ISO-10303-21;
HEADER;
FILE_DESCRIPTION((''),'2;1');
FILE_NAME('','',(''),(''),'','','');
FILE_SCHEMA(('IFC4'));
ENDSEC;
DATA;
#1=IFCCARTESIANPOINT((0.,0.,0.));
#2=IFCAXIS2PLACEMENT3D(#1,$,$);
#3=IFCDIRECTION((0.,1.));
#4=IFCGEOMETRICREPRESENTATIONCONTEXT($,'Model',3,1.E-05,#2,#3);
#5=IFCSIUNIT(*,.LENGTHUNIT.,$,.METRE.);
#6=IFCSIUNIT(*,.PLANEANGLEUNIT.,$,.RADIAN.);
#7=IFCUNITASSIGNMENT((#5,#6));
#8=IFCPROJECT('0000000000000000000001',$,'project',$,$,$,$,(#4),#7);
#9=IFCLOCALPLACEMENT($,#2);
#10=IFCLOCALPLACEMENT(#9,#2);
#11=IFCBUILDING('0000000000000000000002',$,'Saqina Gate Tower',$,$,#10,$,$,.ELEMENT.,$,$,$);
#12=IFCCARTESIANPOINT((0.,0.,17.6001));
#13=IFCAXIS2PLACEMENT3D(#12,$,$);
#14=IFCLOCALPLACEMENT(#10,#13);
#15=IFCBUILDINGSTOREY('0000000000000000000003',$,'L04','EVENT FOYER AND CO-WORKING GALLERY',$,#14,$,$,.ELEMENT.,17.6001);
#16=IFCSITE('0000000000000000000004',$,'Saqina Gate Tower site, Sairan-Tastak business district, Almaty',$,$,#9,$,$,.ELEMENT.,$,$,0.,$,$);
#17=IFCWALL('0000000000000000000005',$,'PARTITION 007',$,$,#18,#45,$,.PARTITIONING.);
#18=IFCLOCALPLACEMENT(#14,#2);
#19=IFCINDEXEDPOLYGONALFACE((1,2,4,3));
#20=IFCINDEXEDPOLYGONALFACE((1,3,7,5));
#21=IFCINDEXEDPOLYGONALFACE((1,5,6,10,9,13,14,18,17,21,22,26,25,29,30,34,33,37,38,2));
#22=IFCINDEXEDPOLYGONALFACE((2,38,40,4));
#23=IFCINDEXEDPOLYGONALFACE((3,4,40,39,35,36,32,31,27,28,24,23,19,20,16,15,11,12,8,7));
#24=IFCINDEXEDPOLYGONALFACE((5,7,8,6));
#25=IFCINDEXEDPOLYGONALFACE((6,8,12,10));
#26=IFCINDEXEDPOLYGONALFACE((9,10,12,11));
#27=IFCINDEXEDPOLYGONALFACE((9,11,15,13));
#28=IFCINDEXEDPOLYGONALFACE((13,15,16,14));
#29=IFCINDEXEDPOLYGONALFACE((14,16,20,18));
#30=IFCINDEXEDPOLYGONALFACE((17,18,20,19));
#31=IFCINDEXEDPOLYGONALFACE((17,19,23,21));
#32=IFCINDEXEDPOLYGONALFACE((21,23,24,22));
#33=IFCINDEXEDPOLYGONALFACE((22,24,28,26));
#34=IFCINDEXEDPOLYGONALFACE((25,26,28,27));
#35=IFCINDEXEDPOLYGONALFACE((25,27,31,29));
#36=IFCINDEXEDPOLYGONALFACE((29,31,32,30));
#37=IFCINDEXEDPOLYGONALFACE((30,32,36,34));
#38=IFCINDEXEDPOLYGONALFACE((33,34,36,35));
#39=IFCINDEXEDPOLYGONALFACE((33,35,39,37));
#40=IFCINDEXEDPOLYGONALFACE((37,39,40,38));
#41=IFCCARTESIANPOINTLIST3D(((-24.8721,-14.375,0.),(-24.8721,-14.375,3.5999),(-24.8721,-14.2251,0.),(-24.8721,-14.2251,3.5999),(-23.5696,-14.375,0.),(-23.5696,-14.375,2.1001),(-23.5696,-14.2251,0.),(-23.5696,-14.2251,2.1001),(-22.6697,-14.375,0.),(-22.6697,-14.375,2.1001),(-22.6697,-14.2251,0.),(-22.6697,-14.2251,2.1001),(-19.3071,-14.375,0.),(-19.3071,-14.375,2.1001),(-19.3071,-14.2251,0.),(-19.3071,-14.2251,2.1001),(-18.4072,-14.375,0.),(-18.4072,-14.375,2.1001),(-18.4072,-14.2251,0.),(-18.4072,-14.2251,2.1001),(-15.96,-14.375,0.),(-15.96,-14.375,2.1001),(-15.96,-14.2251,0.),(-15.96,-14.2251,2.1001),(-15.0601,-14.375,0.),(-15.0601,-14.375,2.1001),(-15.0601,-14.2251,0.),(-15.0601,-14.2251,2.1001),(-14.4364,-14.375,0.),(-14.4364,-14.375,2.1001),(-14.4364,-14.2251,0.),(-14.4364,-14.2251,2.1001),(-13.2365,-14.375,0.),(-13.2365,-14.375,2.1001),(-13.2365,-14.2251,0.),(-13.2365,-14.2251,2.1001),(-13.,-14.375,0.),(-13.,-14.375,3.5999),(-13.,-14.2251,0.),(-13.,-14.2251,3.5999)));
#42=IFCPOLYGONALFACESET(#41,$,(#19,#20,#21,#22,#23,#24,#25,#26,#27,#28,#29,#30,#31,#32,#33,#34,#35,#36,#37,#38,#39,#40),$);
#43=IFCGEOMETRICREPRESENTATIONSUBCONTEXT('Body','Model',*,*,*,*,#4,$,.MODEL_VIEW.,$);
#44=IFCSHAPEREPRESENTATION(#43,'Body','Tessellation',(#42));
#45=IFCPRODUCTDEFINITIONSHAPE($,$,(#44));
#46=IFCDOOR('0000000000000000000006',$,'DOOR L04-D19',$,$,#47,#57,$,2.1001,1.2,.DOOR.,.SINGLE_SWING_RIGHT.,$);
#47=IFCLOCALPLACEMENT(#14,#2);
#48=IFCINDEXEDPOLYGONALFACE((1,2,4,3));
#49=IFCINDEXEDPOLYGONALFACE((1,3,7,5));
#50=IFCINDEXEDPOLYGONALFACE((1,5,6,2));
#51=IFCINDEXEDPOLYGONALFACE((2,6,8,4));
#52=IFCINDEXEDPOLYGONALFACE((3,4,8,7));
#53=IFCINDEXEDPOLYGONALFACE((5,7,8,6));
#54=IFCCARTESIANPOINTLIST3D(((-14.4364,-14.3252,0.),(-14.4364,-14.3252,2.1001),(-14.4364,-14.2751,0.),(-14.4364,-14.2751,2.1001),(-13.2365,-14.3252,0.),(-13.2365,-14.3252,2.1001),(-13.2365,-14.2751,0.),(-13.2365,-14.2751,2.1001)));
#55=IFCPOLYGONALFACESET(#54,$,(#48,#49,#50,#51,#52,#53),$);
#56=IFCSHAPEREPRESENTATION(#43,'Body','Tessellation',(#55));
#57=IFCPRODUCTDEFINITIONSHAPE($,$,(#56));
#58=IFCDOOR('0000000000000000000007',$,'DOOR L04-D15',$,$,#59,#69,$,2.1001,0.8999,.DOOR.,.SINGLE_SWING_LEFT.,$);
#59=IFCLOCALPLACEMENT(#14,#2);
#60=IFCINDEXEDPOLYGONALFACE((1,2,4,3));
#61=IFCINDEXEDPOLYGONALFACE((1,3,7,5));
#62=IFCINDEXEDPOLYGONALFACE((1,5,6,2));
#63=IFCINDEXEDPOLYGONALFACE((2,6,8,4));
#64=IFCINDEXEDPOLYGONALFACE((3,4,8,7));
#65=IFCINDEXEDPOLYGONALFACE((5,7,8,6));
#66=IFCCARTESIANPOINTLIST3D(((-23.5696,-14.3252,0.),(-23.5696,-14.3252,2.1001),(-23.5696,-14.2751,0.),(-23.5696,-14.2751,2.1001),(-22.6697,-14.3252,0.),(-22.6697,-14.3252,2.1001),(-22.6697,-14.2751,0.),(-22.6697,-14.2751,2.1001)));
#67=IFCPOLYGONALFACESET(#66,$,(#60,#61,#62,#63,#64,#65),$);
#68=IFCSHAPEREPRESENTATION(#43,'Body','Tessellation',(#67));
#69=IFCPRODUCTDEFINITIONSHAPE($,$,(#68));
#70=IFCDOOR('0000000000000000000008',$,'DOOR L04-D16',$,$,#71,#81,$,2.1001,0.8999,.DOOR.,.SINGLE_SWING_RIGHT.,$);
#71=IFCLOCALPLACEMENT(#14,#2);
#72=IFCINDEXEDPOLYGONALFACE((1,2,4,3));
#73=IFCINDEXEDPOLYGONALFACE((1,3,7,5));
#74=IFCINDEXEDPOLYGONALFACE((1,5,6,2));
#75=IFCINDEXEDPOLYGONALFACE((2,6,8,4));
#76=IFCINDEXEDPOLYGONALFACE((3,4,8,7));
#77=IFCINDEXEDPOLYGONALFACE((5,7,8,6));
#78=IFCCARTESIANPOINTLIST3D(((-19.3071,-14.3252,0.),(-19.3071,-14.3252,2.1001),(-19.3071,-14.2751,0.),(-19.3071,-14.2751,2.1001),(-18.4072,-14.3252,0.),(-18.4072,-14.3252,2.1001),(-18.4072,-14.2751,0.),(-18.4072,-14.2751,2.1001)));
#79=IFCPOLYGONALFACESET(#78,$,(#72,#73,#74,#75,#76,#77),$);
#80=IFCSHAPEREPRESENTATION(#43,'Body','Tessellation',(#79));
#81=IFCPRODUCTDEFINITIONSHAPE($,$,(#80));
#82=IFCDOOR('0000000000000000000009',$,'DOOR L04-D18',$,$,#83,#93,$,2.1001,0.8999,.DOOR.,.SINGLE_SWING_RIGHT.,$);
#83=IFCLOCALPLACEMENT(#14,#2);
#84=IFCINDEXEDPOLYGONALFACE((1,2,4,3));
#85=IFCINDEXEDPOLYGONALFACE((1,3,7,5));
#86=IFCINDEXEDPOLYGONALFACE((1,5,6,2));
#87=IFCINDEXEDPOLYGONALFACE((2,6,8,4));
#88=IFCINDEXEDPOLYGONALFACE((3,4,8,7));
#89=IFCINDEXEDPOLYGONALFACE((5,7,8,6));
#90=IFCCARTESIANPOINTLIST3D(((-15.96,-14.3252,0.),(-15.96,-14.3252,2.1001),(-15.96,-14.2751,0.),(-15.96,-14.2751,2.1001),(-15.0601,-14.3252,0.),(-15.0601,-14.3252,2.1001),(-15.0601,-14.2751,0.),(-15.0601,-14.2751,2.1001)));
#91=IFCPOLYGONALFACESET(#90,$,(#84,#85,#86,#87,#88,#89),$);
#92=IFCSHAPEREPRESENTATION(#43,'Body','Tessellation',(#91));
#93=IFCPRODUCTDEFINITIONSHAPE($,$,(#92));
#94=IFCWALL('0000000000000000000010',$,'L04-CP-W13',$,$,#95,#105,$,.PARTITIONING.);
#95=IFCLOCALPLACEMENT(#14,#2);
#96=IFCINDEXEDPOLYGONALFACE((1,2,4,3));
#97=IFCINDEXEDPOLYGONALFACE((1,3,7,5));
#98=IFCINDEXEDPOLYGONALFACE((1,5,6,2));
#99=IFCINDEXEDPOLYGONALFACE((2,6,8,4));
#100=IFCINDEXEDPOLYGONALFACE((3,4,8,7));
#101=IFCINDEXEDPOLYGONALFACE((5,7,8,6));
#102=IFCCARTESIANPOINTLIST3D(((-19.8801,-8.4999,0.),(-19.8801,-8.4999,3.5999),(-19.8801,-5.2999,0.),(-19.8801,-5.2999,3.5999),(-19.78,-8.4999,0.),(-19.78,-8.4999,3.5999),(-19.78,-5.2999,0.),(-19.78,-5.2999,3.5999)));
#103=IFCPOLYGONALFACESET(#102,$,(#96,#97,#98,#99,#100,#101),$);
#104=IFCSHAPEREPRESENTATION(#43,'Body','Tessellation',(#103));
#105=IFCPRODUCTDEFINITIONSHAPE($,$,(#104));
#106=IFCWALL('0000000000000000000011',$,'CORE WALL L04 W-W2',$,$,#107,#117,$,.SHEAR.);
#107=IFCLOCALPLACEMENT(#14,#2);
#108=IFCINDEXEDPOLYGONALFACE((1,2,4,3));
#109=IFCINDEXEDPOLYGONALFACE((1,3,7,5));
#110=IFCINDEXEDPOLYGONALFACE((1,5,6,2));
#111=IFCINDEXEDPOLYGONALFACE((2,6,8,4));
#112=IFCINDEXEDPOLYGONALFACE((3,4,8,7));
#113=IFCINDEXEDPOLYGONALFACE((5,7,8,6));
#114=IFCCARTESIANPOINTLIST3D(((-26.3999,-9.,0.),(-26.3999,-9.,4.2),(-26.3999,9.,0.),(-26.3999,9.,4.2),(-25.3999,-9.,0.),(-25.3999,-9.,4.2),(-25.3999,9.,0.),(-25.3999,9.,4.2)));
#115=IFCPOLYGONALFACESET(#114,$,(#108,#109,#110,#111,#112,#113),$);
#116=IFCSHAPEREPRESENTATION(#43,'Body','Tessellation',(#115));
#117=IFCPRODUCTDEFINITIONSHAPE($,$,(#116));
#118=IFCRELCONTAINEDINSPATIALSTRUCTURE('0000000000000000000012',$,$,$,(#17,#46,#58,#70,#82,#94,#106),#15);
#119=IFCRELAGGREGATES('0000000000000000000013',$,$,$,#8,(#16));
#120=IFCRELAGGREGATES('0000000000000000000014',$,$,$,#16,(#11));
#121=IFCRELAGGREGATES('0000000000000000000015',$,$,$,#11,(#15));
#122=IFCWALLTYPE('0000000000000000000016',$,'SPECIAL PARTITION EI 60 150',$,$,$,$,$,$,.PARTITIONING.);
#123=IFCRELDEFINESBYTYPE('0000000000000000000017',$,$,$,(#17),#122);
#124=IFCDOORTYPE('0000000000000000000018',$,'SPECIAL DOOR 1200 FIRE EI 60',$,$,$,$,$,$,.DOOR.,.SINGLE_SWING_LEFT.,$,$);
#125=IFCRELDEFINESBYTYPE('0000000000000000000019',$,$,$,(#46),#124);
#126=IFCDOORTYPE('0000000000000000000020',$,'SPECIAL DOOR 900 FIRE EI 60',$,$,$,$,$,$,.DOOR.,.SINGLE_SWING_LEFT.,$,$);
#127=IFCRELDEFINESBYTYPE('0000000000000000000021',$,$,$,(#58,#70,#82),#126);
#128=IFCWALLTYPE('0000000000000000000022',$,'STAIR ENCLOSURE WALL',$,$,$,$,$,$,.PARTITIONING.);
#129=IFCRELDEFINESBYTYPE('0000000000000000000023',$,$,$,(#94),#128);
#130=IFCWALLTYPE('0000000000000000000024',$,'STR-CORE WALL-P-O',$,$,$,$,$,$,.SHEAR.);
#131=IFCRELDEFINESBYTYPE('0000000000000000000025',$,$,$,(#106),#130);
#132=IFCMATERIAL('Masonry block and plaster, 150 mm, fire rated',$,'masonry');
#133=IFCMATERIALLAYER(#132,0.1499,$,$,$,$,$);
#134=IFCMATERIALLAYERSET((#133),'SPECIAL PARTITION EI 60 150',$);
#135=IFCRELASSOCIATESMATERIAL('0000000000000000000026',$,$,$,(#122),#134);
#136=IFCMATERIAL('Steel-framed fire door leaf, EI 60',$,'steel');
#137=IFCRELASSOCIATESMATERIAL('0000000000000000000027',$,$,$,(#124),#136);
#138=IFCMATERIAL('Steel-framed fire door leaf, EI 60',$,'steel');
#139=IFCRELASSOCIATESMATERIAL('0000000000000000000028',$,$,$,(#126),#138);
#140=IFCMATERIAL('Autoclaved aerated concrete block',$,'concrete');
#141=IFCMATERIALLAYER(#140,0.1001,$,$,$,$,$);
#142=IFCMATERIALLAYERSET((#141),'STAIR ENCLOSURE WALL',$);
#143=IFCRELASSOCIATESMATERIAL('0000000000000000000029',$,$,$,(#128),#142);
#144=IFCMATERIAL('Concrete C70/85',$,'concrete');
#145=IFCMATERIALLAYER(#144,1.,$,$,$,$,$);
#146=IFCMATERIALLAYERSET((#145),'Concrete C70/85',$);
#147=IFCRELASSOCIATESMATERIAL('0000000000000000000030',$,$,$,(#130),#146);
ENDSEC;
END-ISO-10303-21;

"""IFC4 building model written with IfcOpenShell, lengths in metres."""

from ifc_helpers import new_model, si_unit, direction, frame, frame_2d, origin, place, context, subcontext, project, spatial, rectangle, extrude, material, layer, layer_set, type_object, element, fill, save


model = new_model("IFC4")

# Units and contexts
model_context = context("Model", 3, precision=1e-05, world=origin(), true_north=direction((0.0, 1.0)))
body_context = subcontext(model_context, "Body", "Model", "MODEL_VIEW")
ifc_project = project(units=[si_unit("LENGTHUNIT", "METRE"), si_unit("PLANEANGLEUNIT", "RADIAN")], contexts=[model_context])

# Site, building, storey
site_placement = place(None, origin())
site = spatial("IfcSite", under=ifc_project, at=site_placement, Name="Saqina Gate Tower site, Sairan-Tastak business district, Almaty", CompositionType="ELEMENT", RefElevation=0.0)
building_placement = place(site_placement, origin())
building = spatial("IfcBuilding", under=site, at=building_placement, Name="Saqina Gate Tower", CompositionType="ELEMENT")
storey_placement = place(building_placement, frame((0.0, 0.0, 17.6001)))
storey = spatial("IfcBuildingStorey", under=building, at=storey_placement, Name="L04", Description="EVENT FOYER AND CO-WORKING GALLERY", CompositionType="ELEMENT", Elevation=17.6001)

# Wall, openings, doors
ifc_material_1 = material(Name="Masonry block and plaster, 150 mm, fire rated", Category="masonry")
ifc_layer_1 = layer(ifc_material_1, 0.1499)
ifc_layer_set_1 = layer_set([ifc_layer_1], Name="SPECIAL PARTITION EI 60 150")
wall_type_1 = type_object("IfcWallType", Name="SPECIAL PARTITION EI 60 150", PredefinedType="PARTITIONING", material=ifc_layer_set_1)
wall_1_placement = place(storey_placement, frame((-24.8721, -14.3, 0.0), z_axis=(0.0, 0.0, 1.0), x_axis=(1.0, 0.0, 0.0)))
wall_1 = element("IfcWall", 1, at=wall_1_placement, inside=storey, type_object=wall_type_1, Name="PARTITION 007", PredefinedType="PARTITIONING", context=body_context, shape_type="SweptSolid", body=[
    extrude(rectangle(XDim=11.8721, YDim=0.1499, at=frame_2d((5.936, 0.0))), origin(), (0.0, 0.0, 1.0), 3.5999),
])
opening_1_placement = place(wall_1_placement, frame((1.3025, 0.0, 0.0)))
opening_1 = element("IfcOpeningElement", 2, at=opening_1_placement, cuts=wall_1, PredefinedType="OPENING", context=body_context, shape_type="SweptSolid", body=[
    extrude(rectangle(XDim=0.8999, YDim=2.1001, at=frame_2d((0.45, 1.05))), frame((0.0, 0.0869, 0.0), z_axis=(0.0, -1.0, 0.0), x_axis=(1.0, 0.0, 0.0)), (0.0, 0.0, 1.0), 0.1738),
])
opening_2_placement = place(wall_1_placement, frame((5.5649, 0.0, 0.0)))
opening_2 = element("IfcOpeningElement", 3, at=opening_2_placement, cuts=wall_1, PredefinedType="OPENING", context=body_context, shape_type="SweptSolid", body=[
    extrude(rectangle(XDim=0.8999, YDim=2.1001, at=frame_2d((0.45, 1.05))), frame((0.0, 0.0869, 0.0), z_axis=(0.0, -1.0, 0.0), x_axis=(1.0, 0.0, 0.0)), (0.0, 0.0, 1.0), 0.1738),
])
opening_3_placement = place(wall_1_placement, frame((8.9121, 0.0, 0.0)))
opening_3 = element("IfcOpeningElement", 4, at=opening_3_placement, cuts=wall_1, PredefinedType="OPENING", context=body_context, shape_type="SweptSolid", body=[
    extrude(rectangle(XDim=0.8999, YDim=2.1001, at=frame_2d((0.45, 1.05))), frame((0.0, 0.0869, 0.0), z_axis=(0.0, -1.0, 0.0), x_axis=(1.0, 0.0, 0.0)), (0.0, 0.0, 1.0), 0.1738),
])
opening_4_placement = place(wall_1_placement, frame((10.4355, 0.0, 0.0)))
opening_4 = element("IfcOpeningElement", 5, at=opening_4_placement, cuts=wall_1, PredefinedType="OPENING", context=body_context, shape_type="SweptSolid", body=[
    extrude(rectangle(XDim=1.2, YDim=2.1001, at=frame_2d((0.6001, 1.05))), frame((0.0, 0.0869, 0.0), z_axis=(0.0, -1.0, 0.0), x_axis=(1.0, 0.0, 0.0)), (0.0, 0.0, 1.0), 0.1738),
])
ifc_material_2 = material(Name="Steel-framed fire door leaf, EI 60", Category="steel")
door_type_1 = type_object("IfcDoorType", Name="SPECIAL DOOR 1200 FIRE EI 60", OperationType="SINGLE_SWING_LEFT", PredefinedType="DOOR", material=ifc_material_2)
door_1_placement = place(opening_4_placement, origin())
door_1 = element("IfcDoor", 6, at=door_1_placement, inside=storey, type_object=door_type_1, Name="DOOR L04-D19", OperationType="SINGLE_SWING_RIGHT", OverallHeight=2.1001, OverallWidth=1.2, PredefinedType="DOOR", context=body_context, shape_type="SweptSolid", body=[
    extrude(rectangle(XDim=1.2, YDim=2.1001, at=frame_2d((0.6001, 1.05))), frame((0.0, 0.0249, 0.0), z_axis=(0.0, -1.0, 0.0), x_axis=(1.0, 0.0, 0.0)), (0.0, 0.0, 1.0), 0.05),
])
fill(opening_4, door_1)
ifc_material_3 = material(Name="Steel-framed fire door leaf, EI 60", Category="steel")
door_type_2 = type_object("IfcDoorType", Name="SPECIAL DOOR 900 FIRE EI 60", OperationType="SINGLE_SWING_LEFT", PredefinedType="DOOR", material=ifc_material_3)
door_2_placement = place(opening_1_placement, origin())
door_2 = element("IfcDoor", 7, at=door_2_placement, inside=storey, type_object=door_type_2, Name="DOOR L04-D15", OperationType="SINGLE_SWING_LEFT", OverallHeight=2.1001, OverallWidth=0.8999, PredefinedType="DOOR", context=body_context, shape_type="SweptSolid", body=[
    extrude(rectangle(XDim=0.8999, YDim=2.1001, at=frame_2d((0.45, 1.05))), frame((0.0, 0.0249, 0.0), z_axis=(0.0, -1.0, 0.0), x_axis=(1.0, 0.0, 0.0)), (0.0, 0.0, 1.0), 0.05),
])
fill(opening_1, door_2)
door_3_placement = place(opening_2_placement, origin())
door_3 = element("IfcDoor", 8, at=door_3_placement, inside=storey, type_object=door_type_2, Name="DOOR L04-D16", OperationType="SINGLE_SWING_RIGHT", OverallHeight=2.1001, OverallWidth=0.8999, PredefinedType="DOOR", context=body_context, shape_type="SweptSolid", body=[
    extrude(rectangle(XDim=0.8999, YDim=2.1001, at=frame_2d((0.45, 1.05))), frame((0.0, 0.0249, 0.0), z_axis=(0.0, -1.0, 0.0), x_axis=(1.0, 0.0, 0.0)), (0.0, 0.0, 1.0), 0.05),
])
fill(opening_2, door_3)
door_4_placement = place(opening_3_placement, origin())
door_4 = element("IfcDoor", 9, at=door_4_placement, inside=storey, type_object=door_type_2, Name="DOOR L04-D18", OperationType="SINGLE_SWING_RIGHT", OverallHeight=2.1001, OverallWidth=0.8999, PredefinedType="DOOR", context=body_context, shape_type="SweptSolid", body=[
    extrude(rectangle(XDim=0.8999, YDim=2.1001, at=frame_2d((0.45, 1.05))), frame((0.0, 0.0249, 0.0), z_axis=(0.0, -1.0, 0.0), x_axis=(1.0, 0.0, 0.0)), (0.0, 0.0, 1.0), 0.05),
])
fill(opening_3, door_4)

# Walls
ifc_material_4 = material(Name="Autoclaved aerated concrete block", Category="concrete")
ifc_layer_2 = layer(ifc_material_4, 0.1001)
ifc_layer_set_2 = layer_set([ifc_layer_2], Name="STAIR ENCLOSURE WALL")
wall_type_2 = type_object("IfcWallType", Name="STAIR ENCLOSURE WALL", PredefinedType="PARTITIONING", material=ifc_layer_set_2)
wall_2_placement = place(storey_placement, frame((-19.8301, -8.5, 0.0), z_axis=(0.0, 0.0, 1.0), x_axis=(0.0, 1.0, 0.0)))
element("IfcWall", 10, at=wall_2_placement, inside=storey, type_object=wall_type_2, Name="L04-CP-W13", PredefinedType="PARTITIONING", context=body_context, shape_type="SweptSolid", body=[
    extrude(rectangle(XDim=3.2, YDim=0.1001, at=frame_2d((1.6001, 0.0))), origin(), (0.0, 0.0, 1.0), 3.5999),
])
ifc_material_5 = material(Name="Concrete C70/85", Category="concrete")
ifc_layer_3 = layer(ifc_material_5, 1.0)
ifc_layer_set_3 = layer_set([ifc_layer_3], Name="Concrete C70/85")
wall_type_3 = type_object("IfcWallType", Name="STR-CORE WALL-P-O", PredefinedType="SHEAR", material=ifc_layer_set_3)
wall_3_placement = place(storey_placement, frame((-25.8999, -9.0, 0.0), z_axis=(0.0, 0.0, 1.0), x_axis=(0.0, 1.0, 0.0)))
element("IfcWall", 11, at=wall_3_placement, inside=storey, type_object=wall_type_3, Name="CORE WALL L04 W-W2", PredefinedType="SHEAR", context=body_context, shape_type="SweptSolid", body=[
    extrude(rectangle(XDim=18.0, YDim=1.0, at=frame_2d((9.0, 0.0))), origin(), (0.0, 0.0, 1.0), 4.2),
])

save(model, "model.ifc")
